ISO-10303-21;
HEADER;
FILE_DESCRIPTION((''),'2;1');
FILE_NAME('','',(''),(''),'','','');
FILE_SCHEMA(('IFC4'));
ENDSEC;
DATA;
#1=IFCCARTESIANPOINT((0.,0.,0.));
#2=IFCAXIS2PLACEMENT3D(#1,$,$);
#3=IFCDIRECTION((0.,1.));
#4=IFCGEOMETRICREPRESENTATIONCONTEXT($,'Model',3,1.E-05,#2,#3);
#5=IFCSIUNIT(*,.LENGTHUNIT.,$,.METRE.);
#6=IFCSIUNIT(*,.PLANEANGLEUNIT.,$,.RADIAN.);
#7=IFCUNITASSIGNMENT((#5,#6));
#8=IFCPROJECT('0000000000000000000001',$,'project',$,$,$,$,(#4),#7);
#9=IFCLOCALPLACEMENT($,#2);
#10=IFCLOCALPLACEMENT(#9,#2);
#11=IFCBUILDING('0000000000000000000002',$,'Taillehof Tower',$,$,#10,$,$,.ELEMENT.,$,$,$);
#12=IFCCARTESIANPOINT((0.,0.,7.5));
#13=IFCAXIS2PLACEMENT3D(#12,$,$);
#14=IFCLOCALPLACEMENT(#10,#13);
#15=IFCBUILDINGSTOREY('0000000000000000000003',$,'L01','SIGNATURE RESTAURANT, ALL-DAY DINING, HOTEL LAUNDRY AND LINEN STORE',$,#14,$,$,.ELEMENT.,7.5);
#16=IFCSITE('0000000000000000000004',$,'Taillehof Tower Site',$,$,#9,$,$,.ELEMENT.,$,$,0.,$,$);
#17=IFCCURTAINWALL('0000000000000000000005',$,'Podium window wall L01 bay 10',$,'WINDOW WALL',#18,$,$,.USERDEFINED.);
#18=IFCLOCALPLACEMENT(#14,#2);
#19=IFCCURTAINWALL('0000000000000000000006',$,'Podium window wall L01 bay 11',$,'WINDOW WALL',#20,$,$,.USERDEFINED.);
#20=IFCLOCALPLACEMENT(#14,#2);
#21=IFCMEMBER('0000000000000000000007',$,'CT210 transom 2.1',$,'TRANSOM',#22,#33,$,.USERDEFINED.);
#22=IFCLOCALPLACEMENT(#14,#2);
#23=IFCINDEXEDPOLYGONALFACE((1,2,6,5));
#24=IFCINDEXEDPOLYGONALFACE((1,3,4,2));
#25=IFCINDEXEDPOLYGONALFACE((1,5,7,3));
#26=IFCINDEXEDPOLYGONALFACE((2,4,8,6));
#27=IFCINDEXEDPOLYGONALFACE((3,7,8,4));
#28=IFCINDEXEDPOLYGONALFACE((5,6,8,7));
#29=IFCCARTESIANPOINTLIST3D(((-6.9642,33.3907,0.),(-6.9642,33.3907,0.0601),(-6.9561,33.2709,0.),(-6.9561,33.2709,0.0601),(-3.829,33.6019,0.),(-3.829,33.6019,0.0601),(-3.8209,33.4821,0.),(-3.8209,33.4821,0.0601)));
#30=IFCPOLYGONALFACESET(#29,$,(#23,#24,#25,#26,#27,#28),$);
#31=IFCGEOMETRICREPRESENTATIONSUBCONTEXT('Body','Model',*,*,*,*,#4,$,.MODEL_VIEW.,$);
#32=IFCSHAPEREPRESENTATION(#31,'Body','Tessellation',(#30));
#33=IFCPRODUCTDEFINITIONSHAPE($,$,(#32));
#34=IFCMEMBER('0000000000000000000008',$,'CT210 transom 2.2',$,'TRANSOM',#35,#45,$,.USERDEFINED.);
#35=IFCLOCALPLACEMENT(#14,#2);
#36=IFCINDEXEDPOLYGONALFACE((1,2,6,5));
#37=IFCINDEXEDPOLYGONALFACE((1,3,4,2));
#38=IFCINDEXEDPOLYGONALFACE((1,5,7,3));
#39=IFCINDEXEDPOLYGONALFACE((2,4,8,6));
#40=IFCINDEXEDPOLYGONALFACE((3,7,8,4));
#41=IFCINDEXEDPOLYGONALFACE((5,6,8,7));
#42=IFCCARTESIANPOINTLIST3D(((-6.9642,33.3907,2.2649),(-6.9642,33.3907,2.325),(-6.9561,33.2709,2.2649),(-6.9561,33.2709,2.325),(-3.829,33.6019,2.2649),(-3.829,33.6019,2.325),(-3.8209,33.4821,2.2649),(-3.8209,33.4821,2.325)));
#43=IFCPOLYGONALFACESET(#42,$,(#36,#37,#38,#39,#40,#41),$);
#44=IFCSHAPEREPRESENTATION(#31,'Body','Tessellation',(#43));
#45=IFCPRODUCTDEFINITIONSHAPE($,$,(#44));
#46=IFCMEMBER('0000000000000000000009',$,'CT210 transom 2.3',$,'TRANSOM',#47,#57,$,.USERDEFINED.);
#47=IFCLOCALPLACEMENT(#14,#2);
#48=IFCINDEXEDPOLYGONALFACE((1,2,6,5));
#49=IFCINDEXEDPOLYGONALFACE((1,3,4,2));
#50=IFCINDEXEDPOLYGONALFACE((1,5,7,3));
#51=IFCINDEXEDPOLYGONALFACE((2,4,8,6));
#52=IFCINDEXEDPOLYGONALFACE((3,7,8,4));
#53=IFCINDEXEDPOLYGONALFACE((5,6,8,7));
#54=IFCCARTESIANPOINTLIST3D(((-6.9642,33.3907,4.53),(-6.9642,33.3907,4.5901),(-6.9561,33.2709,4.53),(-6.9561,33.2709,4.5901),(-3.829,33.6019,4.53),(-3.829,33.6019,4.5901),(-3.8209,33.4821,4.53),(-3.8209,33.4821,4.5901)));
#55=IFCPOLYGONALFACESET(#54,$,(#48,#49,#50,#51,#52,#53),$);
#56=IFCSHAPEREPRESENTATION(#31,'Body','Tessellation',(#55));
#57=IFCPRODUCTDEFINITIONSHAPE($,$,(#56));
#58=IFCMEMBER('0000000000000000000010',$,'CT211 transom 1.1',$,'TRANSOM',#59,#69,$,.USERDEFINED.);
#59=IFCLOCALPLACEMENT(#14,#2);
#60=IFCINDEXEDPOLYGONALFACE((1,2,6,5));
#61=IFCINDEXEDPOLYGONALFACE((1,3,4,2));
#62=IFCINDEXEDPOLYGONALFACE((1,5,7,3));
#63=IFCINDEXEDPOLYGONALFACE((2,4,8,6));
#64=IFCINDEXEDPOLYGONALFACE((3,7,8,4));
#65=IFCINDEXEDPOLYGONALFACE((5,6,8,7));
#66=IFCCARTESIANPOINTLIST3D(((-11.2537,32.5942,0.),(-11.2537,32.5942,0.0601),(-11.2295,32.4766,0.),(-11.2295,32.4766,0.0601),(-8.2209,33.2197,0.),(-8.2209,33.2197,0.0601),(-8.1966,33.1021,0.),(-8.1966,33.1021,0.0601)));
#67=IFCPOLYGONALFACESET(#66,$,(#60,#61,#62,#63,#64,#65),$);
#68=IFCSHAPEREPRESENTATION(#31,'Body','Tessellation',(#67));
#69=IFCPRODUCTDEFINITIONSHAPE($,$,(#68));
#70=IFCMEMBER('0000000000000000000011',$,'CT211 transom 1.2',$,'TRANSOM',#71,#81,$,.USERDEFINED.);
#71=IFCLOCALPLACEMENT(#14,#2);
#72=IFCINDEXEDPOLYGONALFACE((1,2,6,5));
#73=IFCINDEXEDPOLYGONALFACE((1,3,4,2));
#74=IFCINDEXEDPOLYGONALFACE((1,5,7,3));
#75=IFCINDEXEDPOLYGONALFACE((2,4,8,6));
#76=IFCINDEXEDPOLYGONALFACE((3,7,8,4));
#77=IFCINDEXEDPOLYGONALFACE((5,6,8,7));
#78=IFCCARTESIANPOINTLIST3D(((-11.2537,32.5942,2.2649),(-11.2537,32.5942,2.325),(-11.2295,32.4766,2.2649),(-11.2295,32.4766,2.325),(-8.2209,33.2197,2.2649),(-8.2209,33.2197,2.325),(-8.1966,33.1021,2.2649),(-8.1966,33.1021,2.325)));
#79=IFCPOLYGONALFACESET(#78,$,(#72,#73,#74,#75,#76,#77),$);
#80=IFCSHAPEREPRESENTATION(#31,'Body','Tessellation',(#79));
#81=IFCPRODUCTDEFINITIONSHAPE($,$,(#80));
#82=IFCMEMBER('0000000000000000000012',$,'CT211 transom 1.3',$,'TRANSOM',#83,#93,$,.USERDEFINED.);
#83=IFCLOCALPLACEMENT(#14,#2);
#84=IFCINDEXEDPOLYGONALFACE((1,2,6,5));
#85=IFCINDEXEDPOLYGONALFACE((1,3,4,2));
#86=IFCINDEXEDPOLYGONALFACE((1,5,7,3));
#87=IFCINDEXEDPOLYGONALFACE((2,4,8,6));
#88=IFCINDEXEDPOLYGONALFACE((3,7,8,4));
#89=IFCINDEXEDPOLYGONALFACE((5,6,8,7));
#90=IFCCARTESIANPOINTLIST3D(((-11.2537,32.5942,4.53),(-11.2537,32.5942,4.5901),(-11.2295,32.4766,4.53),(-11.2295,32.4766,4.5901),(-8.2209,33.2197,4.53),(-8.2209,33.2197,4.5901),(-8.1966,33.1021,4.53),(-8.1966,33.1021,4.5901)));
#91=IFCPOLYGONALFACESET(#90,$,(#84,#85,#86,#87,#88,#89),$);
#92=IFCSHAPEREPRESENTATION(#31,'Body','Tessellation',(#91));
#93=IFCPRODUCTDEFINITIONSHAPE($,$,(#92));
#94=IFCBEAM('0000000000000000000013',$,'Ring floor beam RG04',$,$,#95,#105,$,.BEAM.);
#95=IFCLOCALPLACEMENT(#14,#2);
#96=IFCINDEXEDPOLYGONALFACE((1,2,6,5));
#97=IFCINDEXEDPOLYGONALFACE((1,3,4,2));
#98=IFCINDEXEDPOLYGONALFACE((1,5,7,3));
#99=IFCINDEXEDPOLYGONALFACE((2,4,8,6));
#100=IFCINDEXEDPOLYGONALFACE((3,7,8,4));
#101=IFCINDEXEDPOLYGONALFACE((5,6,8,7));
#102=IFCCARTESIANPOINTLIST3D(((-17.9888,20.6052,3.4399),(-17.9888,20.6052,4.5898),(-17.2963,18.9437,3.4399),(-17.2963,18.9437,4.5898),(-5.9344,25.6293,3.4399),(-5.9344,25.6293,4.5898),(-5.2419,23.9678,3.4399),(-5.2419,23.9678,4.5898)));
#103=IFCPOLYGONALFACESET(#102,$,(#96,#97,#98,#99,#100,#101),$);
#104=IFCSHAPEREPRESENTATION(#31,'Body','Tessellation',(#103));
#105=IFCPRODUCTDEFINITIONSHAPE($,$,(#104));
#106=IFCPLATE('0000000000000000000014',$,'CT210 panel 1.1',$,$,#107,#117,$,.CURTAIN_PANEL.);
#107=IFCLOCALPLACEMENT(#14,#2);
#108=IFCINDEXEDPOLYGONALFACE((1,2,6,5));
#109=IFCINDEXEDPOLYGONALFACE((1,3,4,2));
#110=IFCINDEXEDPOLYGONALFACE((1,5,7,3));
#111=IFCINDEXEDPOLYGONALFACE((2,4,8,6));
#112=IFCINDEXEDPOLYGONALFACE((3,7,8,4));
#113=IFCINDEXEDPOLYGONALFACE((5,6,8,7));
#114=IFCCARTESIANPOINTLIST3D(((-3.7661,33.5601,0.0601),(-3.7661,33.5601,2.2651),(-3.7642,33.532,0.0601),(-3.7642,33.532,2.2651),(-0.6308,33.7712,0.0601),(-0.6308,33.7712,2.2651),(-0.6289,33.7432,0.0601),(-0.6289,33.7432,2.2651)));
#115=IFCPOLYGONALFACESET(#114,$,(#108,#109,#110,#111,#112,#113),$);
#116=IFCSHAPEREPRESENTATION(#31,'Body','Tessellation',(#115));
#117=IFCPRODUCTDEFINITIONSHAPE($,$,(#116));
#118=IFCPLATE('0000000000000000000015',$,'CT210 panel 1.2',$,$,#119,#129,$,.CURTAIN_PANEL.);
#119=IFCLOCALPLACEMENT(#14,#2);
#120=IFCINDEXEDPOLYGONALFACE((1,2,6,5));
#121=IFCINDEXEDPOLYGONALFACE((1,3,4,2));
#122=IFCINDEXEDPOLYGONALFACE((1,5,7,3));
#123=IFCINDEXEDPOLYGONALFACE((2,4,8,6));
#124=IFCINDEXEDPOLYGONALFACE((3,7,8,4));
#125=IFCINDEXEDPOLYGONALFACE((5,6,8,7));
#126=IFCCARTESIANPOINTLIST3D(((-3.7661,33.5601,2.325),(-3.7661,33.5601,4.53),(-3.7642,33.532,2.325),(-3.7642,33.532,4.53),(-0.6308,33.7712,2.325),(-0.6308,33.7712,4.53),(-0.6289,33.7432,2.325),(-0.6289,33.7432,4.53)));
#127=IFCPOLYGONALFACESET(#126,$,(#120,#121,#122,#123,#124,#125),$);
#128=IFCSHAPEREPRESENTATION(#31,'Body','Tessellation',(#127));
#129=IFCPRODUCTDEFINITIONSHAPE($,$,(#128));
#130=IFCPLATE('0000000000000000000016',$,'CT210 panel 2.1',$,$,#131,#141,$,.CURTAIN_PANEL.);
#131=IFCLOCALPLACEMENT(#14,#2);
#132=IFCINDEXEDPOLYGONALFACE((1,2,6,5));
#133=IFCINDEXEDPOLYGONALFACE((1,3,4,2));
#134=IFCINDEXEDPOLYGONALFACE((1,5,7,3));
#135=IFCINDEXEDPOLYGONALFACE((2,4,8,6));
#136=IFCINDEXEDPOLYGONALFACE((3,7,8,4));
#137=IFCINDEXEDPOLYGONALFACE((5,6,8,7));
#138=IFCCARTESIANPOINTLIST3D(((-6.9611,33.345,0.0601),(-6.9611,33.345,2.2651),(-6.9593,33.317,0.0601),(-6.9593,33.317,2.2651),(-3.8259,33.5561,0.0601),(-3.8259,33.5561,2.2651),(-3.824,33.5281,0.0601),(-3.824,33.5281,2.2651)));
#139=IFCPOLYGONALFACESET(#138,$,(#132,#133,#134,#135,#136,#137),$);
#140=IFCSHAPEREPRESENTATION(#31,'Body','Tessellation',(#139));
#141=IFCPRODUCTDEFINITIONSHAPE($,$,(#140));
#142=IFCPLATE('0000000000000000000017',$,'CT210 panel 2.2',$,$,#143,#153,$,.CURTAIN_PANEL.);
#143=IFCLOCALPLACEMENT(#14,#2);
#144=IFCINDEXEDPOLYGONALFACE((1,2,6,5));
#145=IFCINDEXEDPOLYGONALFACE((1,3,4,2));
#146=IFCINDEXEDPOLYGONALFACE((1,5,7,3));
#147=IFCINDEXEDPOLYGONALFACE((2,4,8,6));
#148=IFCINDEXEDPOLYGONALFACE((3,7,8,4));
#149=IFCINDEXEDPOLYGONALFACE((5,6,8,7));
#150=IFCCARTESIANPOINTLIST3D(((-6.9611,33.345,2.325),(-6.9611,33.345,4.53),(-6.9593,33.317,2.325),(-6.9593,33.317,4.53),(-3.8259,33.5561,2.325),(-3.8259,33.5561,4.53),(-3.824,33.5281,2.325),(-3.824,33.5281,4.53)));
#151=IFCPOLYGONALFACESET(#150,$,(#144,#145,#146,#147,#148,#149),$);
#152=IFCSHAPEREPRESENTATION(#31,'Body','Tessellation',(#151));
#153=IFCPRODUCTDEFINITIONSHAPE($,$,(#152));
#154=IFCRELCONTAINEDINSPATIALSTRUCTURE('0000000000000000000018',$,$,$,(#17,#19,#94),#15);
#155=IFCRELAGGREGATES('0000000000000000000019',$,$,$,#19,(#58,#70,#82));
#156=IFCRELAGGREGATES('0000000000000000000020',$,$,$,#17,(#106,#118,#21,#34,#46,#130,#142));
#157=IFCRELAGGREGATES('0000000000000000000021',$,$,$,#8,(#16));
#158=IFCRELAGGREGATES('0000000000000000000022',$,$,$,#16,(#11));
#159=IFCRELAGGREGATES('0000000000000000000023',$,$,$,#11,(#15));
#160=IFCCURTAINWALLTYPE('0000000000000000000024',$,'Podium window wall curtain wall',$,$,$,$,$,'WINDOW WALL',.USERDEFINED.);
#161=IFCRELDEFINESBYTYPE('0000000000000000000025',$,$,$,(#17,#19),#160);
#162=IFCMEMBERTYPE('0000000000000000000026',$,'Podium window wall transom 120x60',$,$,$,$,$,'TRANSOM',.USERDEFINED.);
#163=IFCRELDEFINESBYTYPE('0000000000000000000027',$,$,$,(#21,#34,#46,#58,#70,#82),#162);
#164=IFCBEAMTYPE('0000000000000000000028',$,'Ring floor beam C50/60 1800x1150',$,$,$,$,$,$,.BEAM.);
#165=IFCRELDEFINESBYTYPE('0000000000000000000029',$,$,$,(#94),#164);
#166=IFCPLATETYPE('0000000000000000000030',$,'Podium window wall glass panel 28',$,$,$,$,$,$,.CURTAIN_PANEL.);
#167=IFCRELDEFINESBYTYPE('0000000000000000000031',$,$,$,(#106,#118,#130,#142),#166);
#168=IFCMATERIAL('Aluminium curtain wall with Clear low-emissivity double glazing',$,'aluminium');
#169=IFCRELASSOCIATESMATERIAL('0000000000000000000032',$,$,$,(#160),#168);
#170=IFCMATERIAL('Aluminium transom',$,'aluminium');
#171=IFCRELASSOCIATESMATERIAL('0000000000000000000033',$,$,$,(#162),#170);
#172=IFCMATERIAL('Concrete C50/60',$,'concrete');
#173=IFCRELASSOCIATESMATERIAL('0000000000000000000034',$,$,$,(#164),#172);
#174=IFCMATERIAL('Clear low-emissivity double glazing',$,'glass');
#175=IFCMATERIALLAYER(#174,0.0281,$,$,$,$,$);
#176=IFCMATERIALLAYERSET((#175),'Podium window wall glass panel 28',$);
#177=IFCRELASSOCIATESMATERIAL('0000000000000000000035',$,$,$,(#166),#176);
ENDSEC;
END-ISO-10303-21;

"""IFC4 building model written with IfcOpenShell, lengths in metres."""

from ifc_helpers import new_model, si_unit, direction, frame, origin, origin_2d, place, context, subcontext, project, spatial, rectangle, extrude, material, layer, layer_set, material_profile, profile_set, type_object, element, aggregate, save


model = new_model("IFC4")

# Units and contexts
model_context = context("Model", 3, precision=1e-05, world=origin(), true_north=direction((0.0, 1.0)))
body_context = subcontext(model_context, "Body", "Model", "MODEL_VIEW")
ifc_project = project(units=[si_unit("LENGTHUNIT", "METRE"), si_unit("PLANEANGLEUNIT", "RADIAN")], contexts=[model_context])

# Site, building, storey
site_placement = place(None, origin())
site = spatial("IfcSite", under=ifc_project, at=site_placement, Name="Taillehof Tower Site", CompositionType="ELEMENT", RefElevation=0.0)
building_placement = place(site_placement, origin())
building = spatial("IfcBuilding", under=site, at=building_placement, Name="Taillehof Tower", CompositionType="ELEMENT")
storey_placement = place(building_placement, frame((0.0, 0.0, 7.5)))
storey = spatial("IfcBuildingStorey", under=building, at=storey_placement, Name="L01", Description="SIGNATURE RESTAURANT, ALL-DAY DINING, HOTEL LAUNDRY AND LINEN STORE", CompositionType="ELEMENT", Elevation=7.5)

# Curtain wall
ifc_material_1 = material(Name="Aluminium curtain wall with Clear low-emissivity double glazing", Category="aluminium")
curtain_wall_type = type_object("IfcCurtainWallType", Name="Podium window wall curtain wall", ElementType="WINDOW WALL", PredefinedType="USERDEFINED", material=ifc_material_1)
curtain_wall_1_placement = place(storey_placement, origin())
curtain_wall_1 = element("IfcCurtainWall", 1, at=curtain_wall_1_placement, inside=storey, type_object=curtain_wall_type, Name="Podium window wall L01 bay 10", ObjectType="WINDOW WALL", PredefinedType="USERDEFINED")

# Curtain wall
curtain_wall_2_placement = place(storey_placement, origin())
curtain_wall_2 = element("IfcCurtainWall", 2, at=curtain_wall_2_placement, inside=storey, type_object=curtain_wall_type, Name="Podium window wall L01 bay 11", ObjectType="WINDOW WALL", PredefinedType="USERDEFINED")

# Members
ifc_material_2 = material(Name="Aluminium transom", Category="aluminium")
ifc_material_profile_1 = material_profile(ifc_material_2, rectangle(XDim=0.1201, YDim=0.0601, at=origin_2d()), Name="AL 120x60")
ifc_profile_set_1 = profile_set([ifc_material_profile_1], Name="Aluminium transom")
member_type_1 = type_object("IfcMemberType", Name="Podium window wall transom 120x60", ElementType="TRANSOM", PredefinedType="USERDEFINED", material=ifc_profile_set_1)
member_1_placement = place(storey_placement, frame((-3.825, 33.542, 0.03), z_axis=(-0.997739, -0.067205, 0.0), x_axis=(0.067205, -0.997739, 0.0)))
member_1 = element("IfcMember", 3, at=member_1_placement, type_object=member_type_1, Name="CT210 transom 2.1", ObjectType="TRANSOM", PredefinedType="USERDEFINED", context=body_context, shape_type="SweptSolid", body=[
    extrude(rectangle(XDim=0.1201, YDim=0.0601, at=origin_2d()), origin(), (0.0, 0.0, 1.0), 3.1423),
])
member_2_placement = place(storey_placement, frame((-3.825, 33.542, 2.2949), z_axis=(-0.997739, -0.067205, 0.0), x_axis=(0.067205, -0.997739, 0.0)))
member_2 = element("IfcMember", 4, at=member_2_placement, type_object=member_type_1, Name="CT210 transom 2.2", ObjectType="TRANSOM", PredefinedType="USERDEFINED", context=body_context, shape_type="SweptSolid", body=[
    extrude(rectangle(XDim=0.1201, YDim=0.0601, at=origin_2d()), origin(), (0.0, 0.0, 1.0), 3.1423),
])
member_3_placement = place(storey_placement, frame((-3.825, 33.542, 4.5601), z_axis=(-0.997739, -0.067205, 0.0), x_axis=(0.067205, -0.997739, 0.0)))
member_3 = element("IfcMember", 5, at=member_3_placement, type_object=member_type_1, Name="CT210 transom 2.3", ObjectType="TRANSOM", PredefinedType="USERDEFINED", context=body_context, shape_type="SweptSolid", body=[
    extrude(rectangle(XDim=0.1201, YDim=0.0601, at=origin_2d()), origin(), (0.0, 0.0, 1.0), 3.1423),
])
member_4_placement = place(storey_placement, frame((-8.2087, 33.1609, 0.03), z_axis=(-0.97939, -0.20198, 0.0), x_axis=(0.20198, -0.97939, 0.0)))
member_4 = element("IfcMember", 6, at=member_4_placement, type_object=member_type_1, Name="CT211 transom 1.1", ObjectType="TRANSOM", PredefinedType="USERDEFINED", context=body_context, shape_type="SweptSolid", body=[
    extrude(rectangle(XDim=0.1201, YDim=0.0601, at=origin_2d()), origin(), (0.0, 0.0, 1.0), 3.0967),
])
member_5_placement = place(storey_placement, frame((-8.2087, 33.1609, 2.2949), z_axis=(-0.97939, -0.20198, 0.0), x_axis=(0.20198, -0.97939, 0.0)))
member_5 = element("IfcMember", 7, at=member_5_placement, type_object=member_type_1, Name="CT211 transom 1.2", ObjectType="TRANSOM", PredefinedType="USERDEFINED", context=body_context, shape_type="SweptSolid", body=[
    extrude(rectangle(XDim=0.1201, YDim=0.0601, at=origin_2d()), origin(), (0.0, 0.0, 1.0), 3.0967),
])
member_6_placement = place(storey_placement, frame((-8.2087, 33.1609, 4.5601), z_axis=(-0.97939, -0.20198, 0.0), x_axis=(0.20198, -0.97939, 0.0)))
member_6 = element("IfcMember", 8, at=member_6_placement, type_object=member_type_1, Name="CT211 transom 1.3", ObjectType="TRANSOM", PredefinedType="USERDEFINED", context=body_context, shape_type="SweptSolid", body=[
    extrude(rectangle(XDim=0.1201, YDim=0.0601, at=origin_2d()), origin(), (0.0, 0.0, 1.0), 3.0967),
])
aggregate(curtain_wall_2, [member_4, member_5, member_6])

# Beam
ifc_material_3 = material(Name="Concrete C50/60", Category="concrete")
ifc_material_profile_2 = material_profile(ifc_material_3, rectangle(XDim=1.8, YDim=1.1499, at=origin_2d()), Name="RC 1800x1150")
ifc_profile_set_2 = profile_set([ifc_material_profile_2], Name="Concrete C50/60")
beam_type_1 = type_object("IfcBeamType", Name="Ring floor beam C50/60 1800x1150", PredefinedType="BEAM", material=ifc_profile_set_2)
beam_1_placement = place(storey_placement, frame((-5.5881, 24.7986, 4.0149), z_axis=(-0.923037, -0.384712, 0.0), x_axis=(0.384712, -0.923037, 0.0)))
element("IfcBeam", 9, at=beam_1_placement, inside=storey, type_object=beam_type_1, Name="Ring floor beam RG04", PredefinedType="BEAM", context=body_context, shape_type="SweptSolid", body=[
    extrude(rectangle(XDim=1.8, YDim=1.1499, at=origin_2d()), origin(), (0.0, 0.0, 1.0), 13.0596),
])

# Plates
ifc_material_4 = material(Name="Clear low-emissivity double glazing", Category="glass")
ifc_layer_1 = layer(ifc_material_4, 0.0281)
ifc_layer_set_1 = layer_set([ifc_layer_1], Name="Podium window wall glass panel 28")
plate_type = type_object("IfcPlateType", Name="Podium window wall glass panel 28", PredefinedType="CURTAIN_PANEL", material=ifc_layer_set_1)
plate_1_placement = place(storey_placement, frame((-2.1975, 33.6516, 0.0601), z_axis=(0.0, 0.0, 1.0), x_axis=(-0.997741, -0.067183, 0.0)))
plate_1 = element("IfcPlate", 10, at=plate_1_placement, type_object=plate_type, Name="CT210 panel 1.1", PredefinedType="CURTAIN_PANEL", context=body_context, shape_type="SweptSolid", body=[
    extrude(rectangle(XDim=3.1423, YDim=0.0281, at=origin_2d()), origin(), (0.0, 0.0, 1.0), 2.2051),
])
plate_2_placement = place(storey_placement, frame((-2.1975, 33.6516, 2.325), z_axis=(0.0, 0.0, 1.0), x_axis=(-0.997741, -0.067183, 0.0)))
plate_2 = element("IfcPlate", 11, at=plate_2_placement, type_object=plate_type, Name="CT210 panel 1.2", PredefinedType="CURTAIN_PANEL", context=body_context, shape_type="SweptSolid", body=[
    extrude(rectangle(XDim=3.1423, YDim=0.0281, at=origin_2d()), origin(), (0.0, 0.0, 1.0), 2.2051),
])
plate_3_placement = place(storey_placement, frame((-5.3926, 33.4365, 0.0601), z_axis=(0.0, 0.0, 1.0), x_axis=(-0.997741, -0.067183, 0.0)))
plate_3 = element("IfcPlate", 12, at=plate_3_placement, type_object=plate_type, Name="CT210 panel 2.1", PredefinedType="CURTAIN_PANEL", context=body_context, shape_type="SweptSolid", body=[
    extrude(rectangle(XDim=3.1423, YDim=0.0281, at=origin_2d()), origin(), (0.0, 0.0, 1.0), 2.2051),
])
plate_4_placement = place(storey_placement, frame((-5.3926, 33.4365, 2.325), z_axis=(0.0, 0.0, 1.0), x_axis=(-0.997741, -0.067183, 0.0)))
plate_4 = element("IfcPlate", 13, at=plate_4_placement, type_object=plate_type, Name="CT210 panel 2.2", PredefinedType="CURTAIN_PANEL", context=body_context, shape_type="SweptSolid", body=[
    extrude(rectangle(XDim=3.1423, YDim=0.0281, at=origin_2d()), origin(), (0.0, 0.0, 1.0), 2.2051),
])
aggregate(curtain_wall_1, [plate_1, plate_2, member_1, member_2, member_3, plate_3, plate_4])

save(model, "model.ifc")
